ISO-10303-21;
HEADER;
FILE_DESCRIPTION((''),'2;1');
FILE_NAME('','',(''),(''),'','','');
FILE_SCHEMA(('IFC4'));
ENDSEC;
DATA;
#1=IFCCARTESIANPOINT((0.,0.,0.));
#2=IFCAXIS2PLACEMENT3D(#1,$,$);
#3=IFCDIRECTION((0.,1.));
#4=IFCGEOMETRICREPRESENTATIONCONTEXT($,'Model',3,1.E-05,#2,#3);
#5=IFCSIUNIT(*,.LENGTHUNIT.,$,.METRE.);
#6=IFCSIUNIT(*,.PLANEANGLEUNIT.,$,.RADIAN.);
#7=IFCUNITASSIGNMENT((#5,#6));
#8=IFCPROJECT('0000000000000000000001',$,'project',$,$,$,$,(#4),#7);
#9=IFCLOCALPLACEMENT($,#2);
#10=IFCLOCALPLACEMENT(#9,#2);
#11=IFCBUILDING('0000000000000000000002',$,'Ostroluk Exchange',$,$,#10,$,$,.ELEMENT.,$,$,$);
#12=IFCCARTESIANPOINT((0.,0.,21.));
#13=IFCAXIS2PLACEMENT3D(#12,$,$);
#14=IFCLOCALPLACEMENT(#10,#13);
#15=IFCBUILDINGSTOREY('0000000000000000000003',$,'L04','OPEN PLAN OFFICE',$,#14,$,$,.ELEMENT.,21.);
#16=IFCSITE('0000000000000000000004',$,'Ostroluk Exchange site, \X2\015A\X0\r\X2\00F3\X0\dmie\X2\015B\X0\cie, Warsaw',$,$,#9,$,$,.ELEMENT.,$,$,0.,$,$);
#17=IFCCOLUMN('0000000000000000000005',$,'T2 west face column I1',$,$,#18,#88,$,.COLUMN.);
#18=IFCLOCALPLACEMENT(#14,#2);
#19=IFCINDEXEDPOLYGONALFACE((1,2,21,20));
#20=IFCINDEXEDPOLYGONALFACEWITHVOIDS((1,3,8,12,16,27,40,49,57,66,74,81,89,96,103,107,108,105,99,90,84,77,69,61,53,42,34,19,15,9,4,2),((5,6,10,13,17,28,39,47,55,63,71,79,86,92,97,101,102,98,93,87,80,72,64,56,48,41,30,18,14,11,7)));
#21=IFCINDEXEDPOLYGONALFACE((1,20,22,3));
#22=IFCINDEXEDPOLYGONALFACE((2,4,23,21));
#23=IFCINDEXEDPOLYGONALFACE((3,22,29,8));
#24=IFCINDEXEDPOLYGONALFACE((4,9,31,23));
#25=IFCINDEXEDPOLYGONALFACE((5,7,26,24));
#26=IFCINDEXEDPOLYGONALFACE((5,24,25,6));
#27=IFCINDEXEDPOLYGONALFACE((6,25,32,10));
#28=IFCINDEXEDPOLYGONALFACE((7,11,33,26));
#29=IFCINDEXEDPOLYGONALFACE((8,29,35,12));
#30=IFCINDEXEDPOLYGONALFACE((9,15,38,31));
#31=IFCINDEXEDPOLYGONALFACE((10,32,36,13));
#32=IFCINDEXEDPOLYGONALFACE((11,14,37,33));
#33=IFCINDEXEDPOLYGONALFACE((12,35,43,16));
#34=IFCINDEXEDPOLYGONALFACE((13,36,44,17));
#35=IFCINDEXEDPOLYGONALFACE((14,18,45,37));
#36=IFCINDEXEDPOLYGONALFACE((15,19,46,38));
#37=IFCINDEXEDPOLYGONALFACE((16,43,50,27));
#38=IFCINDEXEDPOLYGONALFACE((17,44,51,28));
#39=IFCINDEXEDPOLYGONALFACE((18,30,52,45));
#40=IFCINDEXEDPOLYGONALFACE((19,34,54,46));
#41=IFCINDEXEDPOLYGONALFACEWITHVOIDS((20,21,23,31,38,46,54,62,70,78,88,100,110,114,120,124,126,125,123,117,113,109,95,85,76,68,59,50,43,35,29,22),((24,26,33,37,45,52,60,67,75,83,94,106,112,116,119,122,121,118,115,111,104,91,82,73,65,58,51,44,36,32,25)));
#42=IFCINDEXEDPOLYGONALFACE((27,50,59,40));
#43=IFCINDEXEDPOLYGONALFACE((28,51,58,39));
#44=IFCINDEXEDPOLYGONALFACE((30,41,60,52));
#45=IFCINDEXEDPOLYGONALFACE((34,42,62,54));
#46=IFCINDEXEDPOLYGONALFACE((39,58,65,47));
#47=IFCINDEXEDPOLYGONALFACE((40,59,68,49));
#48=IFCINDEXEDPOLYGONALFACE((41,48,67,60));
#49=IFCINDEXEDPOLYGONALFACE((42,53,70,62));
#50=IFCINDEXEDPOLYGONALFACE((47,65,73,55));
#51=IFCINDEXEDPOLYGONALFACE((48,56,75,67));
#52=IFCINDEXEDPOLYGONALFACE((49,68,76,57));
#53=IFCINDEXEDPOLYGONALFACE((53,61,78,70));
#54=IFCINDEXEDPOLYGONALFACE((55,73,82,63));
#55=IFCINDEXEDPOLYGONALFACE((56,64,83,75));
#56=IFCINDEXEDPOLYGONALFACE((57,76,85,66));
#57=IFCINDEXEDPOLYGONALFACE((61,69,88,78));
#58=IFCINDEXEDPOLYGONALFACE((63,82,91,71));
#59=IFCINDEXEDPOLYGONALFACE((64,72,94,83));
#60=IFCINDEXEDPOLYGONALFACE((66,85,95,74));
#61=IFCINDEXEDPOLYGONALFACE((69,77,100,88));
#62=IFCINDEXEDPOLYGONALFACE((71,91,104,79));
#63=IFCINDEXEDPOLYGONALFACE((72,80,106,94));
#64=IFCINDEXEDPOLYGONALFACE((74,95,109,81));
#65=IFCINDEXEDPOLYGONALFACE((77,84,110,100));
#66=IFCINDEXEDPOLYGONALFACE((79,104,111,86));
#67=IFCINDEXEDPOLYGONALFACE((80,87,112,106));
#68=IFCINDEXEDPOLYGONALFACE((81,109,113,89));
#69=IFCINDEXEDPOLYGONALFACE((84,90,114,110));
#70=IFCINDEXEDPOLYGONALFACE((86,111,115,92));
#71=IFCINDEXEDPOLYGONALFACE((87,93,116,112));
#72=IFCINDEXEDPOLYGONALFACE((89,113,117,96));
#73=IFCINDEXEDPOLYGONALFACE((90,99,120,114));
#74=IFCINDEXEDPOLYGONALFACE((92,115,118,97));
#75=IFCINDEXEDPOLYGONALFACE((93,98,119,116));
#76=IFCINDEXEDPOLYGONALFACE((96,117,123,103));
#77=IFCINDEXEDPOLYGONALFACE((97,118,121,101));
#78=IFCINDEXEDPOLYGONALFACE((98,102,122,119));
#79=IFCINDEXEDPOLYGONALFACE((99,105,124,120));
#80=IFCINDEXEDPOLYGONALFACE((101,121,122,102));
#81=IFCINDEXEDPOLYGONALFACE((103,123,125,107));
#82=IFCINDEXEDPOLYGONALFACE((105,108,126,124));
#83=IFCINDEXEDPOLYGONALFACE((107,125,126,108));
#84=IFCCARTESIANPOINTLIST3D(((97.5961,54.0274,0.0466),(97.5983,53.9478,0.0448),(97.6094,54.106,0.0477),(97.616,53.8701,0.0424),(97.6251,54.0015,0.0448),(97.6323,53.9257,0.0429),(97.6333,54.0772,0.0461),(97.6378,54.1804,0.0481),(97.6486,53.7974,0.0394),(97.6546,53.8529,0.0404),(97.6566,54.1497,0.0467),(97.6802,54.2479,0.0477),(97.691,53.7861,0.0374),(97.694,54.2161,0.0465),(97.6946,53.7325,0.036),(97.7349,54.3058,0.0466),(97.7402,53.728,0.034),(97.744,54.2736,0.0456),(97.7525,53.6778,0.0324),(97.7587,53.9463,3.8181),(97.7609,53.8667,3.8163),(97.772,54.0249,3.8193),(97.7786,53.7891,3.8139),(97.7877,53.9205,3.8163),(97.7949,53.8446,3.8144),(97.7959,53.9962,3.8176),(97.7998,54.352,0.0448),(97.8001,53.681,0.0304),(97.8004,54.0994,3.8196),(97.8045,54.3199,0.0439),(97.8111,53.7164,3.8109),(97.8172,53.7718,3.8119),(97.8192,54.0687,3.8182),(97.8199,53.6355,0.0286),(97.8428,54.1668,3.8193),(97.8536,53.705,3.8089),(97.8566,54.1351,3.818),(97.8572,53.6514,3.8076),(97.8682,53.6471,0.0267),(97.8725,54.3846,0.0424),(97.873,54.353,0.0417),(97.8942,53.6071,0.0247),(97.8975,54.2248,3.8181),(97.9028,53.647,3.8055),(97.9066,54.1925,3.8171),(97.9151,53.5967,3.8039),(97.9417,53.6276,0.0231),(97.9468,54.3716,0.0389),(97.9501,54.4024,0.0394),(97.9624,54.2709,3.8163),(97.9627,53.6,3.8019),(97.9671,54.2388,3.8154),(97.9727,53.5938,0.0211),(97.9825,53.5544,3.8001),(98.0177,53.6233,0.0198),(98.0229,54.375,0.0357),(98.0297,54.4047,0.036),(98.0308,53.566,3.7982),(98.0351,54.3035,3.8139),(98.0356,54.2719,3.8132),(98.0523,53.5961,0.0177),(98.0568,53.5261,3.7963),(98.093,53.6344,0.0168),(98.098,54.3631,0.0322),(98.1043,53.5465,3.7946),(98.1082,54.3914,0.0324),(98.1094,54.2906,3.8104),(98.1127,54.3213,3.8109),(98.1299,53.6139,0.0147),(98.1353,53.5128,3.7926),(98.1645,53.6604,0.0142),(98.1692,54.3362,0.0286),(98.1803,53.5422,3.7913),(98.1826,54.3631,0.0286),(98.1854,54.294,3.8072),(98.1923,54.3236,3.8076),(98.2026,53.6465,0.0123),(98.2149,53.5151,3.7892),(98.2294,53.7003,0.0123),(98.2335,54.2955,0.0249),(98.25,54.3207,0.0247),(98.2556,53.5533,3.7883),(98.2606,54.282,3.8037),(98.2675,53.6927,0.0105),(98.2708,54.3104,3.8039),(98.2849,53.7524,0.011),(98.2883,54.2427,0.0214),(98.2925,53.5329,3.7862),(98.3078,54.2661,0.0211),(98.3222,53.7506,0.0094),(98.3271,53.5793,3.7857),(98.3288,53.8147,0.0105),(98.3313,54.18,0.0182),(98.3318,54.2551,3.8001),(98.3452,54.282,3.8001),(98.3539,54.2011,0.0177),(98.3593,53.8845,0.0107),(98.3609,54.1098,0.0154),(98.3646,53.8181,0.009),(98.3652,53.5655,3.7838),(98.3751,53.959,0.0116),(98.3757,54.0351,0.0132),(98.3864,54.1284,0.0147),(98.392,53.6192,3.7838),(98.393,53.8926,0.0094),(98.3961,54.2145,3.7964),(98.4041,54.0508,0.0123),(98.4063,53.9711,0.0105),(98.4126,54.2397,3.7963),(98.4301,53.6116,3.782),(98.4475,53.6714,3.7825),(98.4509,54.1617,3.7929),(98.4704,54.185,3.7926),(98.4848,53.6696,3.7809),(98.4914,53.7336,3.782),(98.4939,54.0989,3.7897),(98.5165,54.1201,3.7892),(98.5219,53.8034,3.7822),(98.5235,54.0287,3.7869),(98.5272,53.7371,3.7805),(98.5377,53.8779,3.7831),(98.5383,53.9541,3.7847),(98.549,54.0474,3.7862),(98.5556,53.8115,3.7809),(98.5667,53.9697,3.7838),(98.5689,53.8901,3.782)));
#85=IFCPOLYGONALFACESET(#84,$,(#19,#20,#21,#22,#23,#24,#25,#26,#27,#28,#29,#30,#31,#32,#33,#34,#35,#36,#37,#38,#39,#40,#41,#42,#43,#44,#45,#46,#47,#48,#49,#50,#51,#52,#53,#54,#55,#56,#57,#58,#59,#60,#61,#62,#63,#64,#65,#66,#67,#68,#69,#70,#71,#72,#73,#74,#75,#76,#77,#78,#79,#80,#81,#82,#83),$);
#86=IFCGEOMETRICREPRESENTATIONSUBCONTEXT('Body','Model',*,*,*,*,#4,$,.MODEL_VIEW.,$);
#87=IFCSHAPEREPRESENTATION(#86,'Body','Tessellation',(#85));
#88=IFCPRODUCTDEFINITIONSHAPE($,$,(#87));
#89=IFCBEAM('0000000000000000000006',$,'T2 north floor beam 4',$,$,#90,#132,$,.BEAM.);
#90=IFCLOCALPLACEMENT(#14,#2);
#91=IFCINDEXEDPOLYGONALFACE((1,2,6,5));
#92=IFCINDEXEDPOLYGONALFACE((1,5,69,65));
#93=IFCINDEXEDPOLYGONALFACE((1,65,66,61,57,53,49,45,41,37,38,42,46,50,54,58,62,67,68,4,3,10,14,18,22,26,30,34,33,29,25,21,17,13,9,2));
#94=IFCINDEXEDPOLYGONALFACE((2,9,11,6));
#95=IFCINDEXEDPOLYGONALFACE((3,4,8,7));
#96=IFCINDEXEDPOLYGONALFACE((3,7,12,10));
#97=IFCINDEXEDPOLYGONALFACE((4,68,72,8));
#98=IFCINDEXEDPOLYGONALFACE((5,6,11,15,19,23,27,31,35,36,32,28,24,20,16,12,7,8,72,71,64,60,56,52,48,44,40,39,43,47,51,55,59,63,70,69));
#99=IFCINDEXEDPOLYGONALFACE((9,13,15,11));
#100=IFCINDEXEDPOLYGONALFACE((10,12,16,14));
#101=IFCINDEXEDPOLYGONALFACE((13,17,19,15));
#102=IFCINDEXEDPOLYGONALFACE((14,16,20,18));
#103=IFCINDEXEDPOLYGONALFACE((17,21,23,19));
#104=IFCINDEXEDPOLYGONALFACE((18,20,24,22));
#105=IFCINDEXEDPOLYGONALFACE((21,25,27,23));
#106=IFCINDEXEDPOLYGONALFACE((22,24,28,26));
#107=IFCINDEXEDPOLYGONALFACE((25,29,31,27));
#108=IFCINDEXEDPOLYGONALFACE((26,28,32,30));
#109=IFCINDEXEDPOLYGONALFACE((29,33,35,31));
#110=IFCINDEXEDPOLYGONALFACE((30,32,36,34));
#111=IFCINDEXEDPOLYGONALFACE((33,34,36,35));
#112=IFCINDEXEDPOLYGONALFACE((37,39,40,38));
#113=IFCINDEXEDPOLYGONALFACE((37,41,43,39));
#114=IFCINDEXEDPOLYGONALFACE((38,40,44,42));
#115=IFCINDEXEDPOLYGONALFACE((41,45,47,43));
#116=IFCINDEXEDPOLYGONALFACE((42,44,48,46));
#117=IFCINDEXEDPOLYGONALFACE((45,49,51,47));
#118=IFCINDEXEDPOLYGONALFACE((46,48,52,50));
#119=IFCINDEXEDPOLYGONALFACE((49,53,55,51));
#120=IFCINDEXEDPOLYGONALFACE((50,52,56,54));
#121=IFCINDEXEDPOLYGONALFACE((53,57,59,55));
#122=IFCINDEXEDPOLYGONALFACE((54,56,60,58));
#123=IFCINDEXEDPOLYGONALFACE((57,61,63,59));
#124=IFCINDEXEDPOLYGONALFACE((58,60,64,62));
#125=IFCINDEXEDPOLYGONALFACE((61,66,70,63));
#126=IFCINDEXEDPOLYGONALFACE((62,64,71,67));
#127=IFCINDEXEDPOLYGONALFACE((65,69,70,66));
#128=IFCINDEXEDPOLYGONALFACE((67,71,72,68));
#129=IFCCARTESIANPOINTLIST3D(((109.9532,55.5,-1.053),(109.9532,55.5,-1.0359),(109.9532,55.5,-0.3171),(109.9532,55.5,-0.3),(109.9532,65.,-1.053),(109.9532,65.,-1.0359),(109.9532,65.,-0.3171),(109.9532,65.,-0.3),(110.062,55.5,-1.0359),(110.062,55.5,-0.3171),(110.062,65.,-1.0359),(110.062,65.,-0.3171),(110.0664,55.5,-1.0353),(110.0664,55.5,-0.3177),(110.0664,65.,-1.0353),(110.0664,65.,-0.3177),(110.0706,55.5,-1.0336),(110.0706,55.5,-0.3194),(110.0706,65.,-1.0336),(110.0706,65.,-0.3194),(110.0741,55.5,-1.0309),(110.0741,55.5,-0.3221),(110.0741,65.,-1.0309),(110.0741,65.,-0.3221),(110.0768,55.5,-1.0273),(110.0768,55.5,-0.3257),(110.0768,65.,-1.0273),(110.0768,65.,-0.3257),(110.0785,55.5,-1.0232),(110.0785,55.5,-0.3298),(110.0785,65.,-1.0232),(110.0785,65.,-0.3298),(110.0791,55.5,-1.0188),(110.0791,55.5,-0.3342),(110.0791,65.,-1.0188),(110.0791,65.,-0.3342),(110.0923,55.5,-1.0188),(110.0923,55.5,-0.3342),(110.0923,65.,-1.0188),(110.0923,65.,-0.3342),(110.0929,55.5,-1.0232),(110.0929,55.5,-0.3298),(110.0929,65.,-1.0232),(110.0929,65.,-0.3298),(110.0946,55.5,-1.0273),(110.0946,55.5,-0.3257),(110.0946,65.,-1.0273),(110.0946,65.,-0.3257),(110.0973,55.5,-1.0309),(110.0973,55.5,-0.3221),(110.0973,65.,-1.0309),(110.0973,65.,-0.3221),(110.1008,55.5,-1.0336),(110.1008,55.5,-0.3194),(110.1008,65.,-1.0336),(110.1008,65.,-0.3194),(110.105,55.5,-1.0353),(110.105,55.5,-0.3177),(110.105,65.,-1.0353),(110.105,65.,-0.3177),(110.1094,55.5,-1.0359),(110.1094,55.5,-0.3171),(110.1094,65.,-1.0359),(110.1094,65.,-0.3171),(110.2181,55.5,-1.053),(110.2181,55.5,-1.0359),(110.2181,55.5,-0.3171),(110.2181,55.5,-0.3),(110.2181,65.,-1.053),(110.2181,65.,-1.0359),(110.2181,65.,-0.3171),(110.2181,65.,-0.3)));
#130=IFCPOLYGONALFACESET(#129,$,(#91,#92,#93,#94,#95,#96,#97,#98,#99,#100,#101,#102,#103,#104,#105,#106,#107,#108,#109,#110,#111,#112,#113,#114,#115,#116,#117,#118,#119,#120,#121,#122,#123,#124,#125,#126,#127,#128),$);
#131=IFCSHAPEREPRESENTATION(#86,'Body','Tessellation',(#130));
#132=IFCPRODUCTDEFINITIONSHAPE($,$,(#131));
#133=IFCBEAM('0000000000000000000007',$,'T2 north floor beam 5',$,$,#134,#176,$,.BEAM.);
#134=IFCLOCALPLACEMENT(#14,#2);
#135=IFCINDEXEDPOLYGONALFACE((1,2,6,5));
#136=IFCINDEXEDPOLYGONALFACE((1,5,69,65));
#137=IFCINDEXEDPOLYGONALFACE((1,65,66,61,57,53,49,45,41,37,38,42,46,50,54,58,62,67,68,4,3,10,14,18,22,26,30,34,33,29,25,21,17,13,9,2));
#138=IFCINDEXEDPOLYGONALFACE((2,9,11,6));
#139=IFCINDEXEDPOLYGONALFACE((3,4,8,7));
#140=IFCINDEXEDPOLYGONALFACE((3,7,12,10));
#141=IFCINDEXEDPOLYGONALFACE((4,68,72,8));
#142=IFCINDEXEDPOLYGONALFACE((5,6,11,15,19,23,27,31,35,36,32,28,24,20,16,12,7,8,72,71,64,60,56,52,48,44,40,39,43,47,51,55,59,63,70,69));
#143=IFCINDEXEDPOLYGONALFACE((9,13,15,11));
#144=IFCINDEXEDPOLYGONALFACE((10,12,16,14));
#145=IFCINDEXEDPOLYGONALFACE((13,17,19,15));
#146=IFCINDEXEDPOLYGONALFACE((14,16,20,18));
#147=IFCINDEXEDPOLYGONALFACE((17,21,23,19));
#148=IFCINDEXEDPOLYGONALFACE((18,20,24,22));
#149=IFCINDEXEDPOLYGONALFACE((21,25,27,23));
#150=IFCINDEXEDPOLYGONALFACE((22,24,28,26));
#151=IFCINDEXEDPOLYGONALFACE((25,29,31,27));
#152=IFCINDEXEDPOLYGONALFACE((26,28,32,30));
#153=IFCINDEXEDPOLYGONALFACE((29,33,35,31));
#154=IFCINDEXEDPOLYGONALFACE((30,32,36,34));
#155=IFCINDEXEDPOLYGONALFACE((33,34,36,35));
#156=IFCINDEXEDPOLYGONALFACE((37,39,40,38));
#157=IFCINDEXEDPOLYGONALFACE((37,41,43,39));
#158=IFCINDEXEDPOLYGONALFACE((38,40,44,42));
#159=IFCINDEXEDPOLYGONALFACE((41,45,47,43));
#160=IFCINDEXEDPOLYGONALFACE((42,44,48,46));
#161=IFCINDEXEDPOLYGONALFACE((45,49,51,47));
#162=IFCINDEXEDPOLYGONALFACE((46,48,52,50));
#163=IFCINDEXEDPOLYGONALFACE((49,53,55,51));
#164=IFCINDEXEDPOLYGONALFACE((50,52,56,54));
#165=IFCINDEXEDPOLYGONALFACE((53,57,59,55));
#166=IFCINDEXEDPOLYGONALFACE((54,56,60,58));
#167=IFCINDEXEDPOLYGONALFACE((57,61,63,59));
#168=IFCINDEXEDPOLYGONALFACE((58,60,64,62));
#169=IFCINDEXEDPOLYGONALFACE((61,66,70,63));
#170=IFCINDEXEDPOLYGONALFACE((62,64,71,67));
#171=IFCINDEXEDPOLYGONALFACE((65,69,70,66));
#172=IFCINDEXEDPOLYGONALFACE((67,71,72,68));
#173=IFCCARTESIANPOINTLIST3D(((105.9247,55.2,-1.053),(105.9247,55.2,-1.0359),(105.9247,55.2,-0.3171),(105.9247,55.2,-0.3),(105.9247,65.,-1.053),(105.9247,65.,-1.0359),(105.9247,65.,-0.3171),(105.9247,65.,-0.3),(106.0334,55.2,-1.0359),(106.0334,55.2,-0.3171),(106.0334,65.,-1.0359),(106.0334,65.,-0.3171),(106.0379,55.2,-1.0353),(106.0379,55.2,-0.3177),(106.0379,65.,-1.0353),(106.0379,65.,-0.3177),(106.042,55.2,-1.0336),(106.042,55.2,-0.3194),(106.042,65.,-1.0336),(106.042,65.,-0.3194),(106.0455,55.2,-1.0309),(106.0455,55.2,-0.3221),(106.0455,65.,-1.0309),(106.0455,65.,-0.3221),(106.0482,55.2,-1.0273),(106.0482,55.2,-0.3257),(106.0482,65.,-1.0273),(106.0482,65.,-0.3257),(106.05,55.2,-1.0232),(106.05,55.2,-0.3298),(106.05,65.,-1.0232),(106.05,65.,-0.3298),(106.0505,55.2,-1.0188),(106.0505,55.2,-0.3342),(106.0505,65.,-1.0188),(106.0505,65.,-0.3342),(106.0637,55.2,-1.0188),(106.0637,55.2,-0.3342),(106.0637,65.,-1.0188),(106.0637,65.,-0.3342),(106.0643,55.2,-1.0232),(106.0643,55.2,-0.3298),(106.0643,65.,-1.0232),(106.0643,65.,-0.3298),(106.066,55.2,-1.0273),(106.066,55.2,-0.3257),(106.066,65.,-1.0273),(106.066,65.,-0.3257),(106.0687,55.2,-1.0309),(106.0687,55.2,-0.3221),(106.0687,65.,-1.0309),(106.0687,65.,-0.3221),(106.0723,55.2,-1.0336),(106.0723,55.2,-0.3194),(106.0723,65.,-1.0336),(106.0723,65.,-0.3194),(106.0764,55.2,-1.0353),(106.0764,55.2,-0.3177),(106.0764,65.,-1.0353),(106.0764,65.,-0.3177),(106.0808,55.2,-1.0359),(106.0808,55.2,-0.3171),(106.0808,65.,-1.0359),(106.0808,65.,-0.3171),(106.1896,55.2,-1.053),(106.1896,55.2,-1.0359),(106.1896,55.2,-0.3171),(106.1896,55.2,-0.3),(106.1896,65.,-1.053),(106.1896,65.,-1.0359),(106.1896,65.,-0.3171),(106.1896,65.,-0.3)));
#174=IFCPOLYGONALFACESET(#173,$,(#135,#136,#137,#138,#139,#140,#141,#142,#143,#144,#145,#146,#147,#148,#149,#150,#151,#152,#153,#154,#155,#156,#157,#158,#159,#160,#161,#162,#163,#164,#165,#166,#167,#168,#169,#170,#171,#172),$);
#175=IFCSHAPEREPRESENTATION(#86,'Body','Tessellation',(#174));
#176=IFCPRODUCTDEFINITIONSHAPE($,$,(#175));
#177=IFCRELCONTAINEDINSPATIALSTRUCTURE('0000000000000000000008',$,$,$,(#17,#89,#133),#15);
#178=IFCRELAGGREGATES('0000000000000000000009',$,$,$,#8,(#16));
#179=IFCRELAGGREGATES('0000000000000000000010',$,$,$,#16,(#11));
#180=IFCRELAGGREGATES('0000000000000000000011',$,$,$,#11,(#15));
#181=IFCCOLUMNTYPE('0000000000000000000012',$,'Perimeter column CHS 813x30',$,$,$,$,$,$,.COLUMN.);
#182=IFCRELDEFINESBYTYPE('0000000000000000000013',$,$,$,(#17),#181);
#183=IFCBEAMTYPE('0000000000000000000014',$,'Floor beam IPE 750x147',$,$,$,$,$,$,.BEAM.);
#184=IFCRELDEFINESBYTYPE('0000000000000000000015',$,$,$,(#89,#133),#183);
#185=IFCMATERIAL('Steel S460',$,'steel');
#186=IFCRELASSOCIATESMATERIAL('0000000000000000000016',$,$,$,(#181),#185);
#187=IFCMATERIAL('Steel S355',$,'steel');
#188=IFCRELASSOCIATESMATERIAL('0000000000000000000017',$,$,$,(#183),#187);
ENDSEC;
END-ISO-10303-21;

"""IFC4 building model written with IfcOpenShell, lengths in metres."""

from ifc_helpers import new_model, si_unit, direction, frame, origin, origin_2d, place, context, subcontext, project, spatial, hollow_circle, i_section, extrude, material, material_profile, profile_set, type_object, element, save


model = new_model("IFC4")

# Units and contexts
model_context = context("Model", 3, precision=1e-05, world=origin(), true_north=direction((0.0, 1.0)))
body_context = subcontext(model_context, "Body", "Model", "MODEL_VIEW")
ifc_project = project(units=[si_unit("LENGTHUNIT", "METRE"), si_unit("PLANEANGLEUNIT", "RADIAN")], contexts=[model_context])

# Site, building, storey
site_placement = place(None, origin())
site = spatial("IfcSite", under=ifc_project, at=site_placement, Name="Ostroluk Exchange site, Śródmieście, Warsaw", CompositionType="ELEMENT", RefElevation=0.0)
building_placement = place(site_placement, origin())
building = spatial("IfcBuilding", under=site, at=building_placement, Name="Ostroluk Exchange", CompositionType="ELEMENT")
storey_placement = place(building_placement, frame((0.0, 0.0, 21.0)))
storey = spatial("IfcBuildingStorey", under=building, at=storey_placement, Name="L04", Description="OPEN PLAN OFFICE", CompositionType="ELEMENT", Elevation=21.0)

# Column
ifc_material_1 = material(Name="Steel S460", Category="steel")
ifc_material_profile_1 = material_profile(ifc_material_1, hollow_circle(Radius=0.4065, WallThickness=0.03, at=origin_2d()), Name="CHS 813x30")
ifc_profile_set_1 = profile_set([ifc_material_profile_1], Name="Steel S460")
column_type = type_object("IfcColumnType", Name="Perimeter column CHS 813x30", PredefinedType="COLUMN", material=ifc_profile_set_1)
column_placement = place(storey_placement, frame((98.0012, 53.9993, 0.0286), z_axis=(0.043062, -0.021467, 0.998842), x_axis=(0.446138, 0.894964, 0.0)))
element("IfcColumn", 1, at=column_placement, inside=storey, type_object=column_type, Name="T2 west face column I1", PredefinedType="COLUMN", context=body_context, shape_type="SweptSolid", body=[
    extrude(hollow_circle(Radius=0.4065, WallThickness=0.03, at=origin_2d()), origin(), (0.0, 0.0, 1.0), 3.7759),
])

# Beams
ifc_material_2 = material(Name="Steel S355", Category="steel")
ifc_material_profile_2 = material_profile(ifc_material_2, i_section(OverallWidth=0.2649, OverallDepth=0.7529, WebThickness=0.0132, FlangeThickness=0.0171, FilletRadius=0.0171, at=origin_2d()), Name="IPE 750x147")
ifc_profile_set_2 = profile_set([ifc_material_profile_2], Name="Steel S355")
beam_type_1 = type_object("IfcBeamType", Name="Floor beam IPE 750x147", PredefinedType="BEAM", material=ifc_profile_set_2)
beam_1_placement = place(storey_placement, frame((110.0857, 55.5, -0.6765), z_axis=(0.0, 1.0, 0.0), x_axis=(-1.0, 0.0, 0.0)))
element("IfcBeam", 2, at=beam_1_placement, inside=storey, type_object=beam_type_1, Name="T2 north floor beam 4", PredefinedType="BEAM", context=body_context, shape_type="SweptSolid", body=[
    extrude(i_section(OverallWidth=0.2649, OverallDepth=0.7529, WebThickness=0.0132, FlangeThickness=0.0171, FilletRadius=0.0171, at=origin_2d()), origin(), (0.0, 0.0, 1.0), 9.5),
])
beam_2_placement = place(storey_placement, frame((106.0571, 55.2, -0.6765), z_axis=(0.0, 1.0, 0.0), x_axis=(-1.0, 0.0, 0.0)))
element("IfcBeam", 3, at=beam_2_placement, inside=storey, type_object=beam_type_1, Name="T2 north floor beam 5", PredefinedType="BEAM", context=body_context, shape_type="SweptSolid", body=[
    extrude(i_section(OverallWidth=0.2649, OverallDepth=0.7529, WebThickness=0.0132, FlangeThickness=0.0171, FilletRadius=0.0171, at=origin_2d()), origin(), (0.0, 0.0, 1.0), 9.8),
])

save(model, "model.ifc")
